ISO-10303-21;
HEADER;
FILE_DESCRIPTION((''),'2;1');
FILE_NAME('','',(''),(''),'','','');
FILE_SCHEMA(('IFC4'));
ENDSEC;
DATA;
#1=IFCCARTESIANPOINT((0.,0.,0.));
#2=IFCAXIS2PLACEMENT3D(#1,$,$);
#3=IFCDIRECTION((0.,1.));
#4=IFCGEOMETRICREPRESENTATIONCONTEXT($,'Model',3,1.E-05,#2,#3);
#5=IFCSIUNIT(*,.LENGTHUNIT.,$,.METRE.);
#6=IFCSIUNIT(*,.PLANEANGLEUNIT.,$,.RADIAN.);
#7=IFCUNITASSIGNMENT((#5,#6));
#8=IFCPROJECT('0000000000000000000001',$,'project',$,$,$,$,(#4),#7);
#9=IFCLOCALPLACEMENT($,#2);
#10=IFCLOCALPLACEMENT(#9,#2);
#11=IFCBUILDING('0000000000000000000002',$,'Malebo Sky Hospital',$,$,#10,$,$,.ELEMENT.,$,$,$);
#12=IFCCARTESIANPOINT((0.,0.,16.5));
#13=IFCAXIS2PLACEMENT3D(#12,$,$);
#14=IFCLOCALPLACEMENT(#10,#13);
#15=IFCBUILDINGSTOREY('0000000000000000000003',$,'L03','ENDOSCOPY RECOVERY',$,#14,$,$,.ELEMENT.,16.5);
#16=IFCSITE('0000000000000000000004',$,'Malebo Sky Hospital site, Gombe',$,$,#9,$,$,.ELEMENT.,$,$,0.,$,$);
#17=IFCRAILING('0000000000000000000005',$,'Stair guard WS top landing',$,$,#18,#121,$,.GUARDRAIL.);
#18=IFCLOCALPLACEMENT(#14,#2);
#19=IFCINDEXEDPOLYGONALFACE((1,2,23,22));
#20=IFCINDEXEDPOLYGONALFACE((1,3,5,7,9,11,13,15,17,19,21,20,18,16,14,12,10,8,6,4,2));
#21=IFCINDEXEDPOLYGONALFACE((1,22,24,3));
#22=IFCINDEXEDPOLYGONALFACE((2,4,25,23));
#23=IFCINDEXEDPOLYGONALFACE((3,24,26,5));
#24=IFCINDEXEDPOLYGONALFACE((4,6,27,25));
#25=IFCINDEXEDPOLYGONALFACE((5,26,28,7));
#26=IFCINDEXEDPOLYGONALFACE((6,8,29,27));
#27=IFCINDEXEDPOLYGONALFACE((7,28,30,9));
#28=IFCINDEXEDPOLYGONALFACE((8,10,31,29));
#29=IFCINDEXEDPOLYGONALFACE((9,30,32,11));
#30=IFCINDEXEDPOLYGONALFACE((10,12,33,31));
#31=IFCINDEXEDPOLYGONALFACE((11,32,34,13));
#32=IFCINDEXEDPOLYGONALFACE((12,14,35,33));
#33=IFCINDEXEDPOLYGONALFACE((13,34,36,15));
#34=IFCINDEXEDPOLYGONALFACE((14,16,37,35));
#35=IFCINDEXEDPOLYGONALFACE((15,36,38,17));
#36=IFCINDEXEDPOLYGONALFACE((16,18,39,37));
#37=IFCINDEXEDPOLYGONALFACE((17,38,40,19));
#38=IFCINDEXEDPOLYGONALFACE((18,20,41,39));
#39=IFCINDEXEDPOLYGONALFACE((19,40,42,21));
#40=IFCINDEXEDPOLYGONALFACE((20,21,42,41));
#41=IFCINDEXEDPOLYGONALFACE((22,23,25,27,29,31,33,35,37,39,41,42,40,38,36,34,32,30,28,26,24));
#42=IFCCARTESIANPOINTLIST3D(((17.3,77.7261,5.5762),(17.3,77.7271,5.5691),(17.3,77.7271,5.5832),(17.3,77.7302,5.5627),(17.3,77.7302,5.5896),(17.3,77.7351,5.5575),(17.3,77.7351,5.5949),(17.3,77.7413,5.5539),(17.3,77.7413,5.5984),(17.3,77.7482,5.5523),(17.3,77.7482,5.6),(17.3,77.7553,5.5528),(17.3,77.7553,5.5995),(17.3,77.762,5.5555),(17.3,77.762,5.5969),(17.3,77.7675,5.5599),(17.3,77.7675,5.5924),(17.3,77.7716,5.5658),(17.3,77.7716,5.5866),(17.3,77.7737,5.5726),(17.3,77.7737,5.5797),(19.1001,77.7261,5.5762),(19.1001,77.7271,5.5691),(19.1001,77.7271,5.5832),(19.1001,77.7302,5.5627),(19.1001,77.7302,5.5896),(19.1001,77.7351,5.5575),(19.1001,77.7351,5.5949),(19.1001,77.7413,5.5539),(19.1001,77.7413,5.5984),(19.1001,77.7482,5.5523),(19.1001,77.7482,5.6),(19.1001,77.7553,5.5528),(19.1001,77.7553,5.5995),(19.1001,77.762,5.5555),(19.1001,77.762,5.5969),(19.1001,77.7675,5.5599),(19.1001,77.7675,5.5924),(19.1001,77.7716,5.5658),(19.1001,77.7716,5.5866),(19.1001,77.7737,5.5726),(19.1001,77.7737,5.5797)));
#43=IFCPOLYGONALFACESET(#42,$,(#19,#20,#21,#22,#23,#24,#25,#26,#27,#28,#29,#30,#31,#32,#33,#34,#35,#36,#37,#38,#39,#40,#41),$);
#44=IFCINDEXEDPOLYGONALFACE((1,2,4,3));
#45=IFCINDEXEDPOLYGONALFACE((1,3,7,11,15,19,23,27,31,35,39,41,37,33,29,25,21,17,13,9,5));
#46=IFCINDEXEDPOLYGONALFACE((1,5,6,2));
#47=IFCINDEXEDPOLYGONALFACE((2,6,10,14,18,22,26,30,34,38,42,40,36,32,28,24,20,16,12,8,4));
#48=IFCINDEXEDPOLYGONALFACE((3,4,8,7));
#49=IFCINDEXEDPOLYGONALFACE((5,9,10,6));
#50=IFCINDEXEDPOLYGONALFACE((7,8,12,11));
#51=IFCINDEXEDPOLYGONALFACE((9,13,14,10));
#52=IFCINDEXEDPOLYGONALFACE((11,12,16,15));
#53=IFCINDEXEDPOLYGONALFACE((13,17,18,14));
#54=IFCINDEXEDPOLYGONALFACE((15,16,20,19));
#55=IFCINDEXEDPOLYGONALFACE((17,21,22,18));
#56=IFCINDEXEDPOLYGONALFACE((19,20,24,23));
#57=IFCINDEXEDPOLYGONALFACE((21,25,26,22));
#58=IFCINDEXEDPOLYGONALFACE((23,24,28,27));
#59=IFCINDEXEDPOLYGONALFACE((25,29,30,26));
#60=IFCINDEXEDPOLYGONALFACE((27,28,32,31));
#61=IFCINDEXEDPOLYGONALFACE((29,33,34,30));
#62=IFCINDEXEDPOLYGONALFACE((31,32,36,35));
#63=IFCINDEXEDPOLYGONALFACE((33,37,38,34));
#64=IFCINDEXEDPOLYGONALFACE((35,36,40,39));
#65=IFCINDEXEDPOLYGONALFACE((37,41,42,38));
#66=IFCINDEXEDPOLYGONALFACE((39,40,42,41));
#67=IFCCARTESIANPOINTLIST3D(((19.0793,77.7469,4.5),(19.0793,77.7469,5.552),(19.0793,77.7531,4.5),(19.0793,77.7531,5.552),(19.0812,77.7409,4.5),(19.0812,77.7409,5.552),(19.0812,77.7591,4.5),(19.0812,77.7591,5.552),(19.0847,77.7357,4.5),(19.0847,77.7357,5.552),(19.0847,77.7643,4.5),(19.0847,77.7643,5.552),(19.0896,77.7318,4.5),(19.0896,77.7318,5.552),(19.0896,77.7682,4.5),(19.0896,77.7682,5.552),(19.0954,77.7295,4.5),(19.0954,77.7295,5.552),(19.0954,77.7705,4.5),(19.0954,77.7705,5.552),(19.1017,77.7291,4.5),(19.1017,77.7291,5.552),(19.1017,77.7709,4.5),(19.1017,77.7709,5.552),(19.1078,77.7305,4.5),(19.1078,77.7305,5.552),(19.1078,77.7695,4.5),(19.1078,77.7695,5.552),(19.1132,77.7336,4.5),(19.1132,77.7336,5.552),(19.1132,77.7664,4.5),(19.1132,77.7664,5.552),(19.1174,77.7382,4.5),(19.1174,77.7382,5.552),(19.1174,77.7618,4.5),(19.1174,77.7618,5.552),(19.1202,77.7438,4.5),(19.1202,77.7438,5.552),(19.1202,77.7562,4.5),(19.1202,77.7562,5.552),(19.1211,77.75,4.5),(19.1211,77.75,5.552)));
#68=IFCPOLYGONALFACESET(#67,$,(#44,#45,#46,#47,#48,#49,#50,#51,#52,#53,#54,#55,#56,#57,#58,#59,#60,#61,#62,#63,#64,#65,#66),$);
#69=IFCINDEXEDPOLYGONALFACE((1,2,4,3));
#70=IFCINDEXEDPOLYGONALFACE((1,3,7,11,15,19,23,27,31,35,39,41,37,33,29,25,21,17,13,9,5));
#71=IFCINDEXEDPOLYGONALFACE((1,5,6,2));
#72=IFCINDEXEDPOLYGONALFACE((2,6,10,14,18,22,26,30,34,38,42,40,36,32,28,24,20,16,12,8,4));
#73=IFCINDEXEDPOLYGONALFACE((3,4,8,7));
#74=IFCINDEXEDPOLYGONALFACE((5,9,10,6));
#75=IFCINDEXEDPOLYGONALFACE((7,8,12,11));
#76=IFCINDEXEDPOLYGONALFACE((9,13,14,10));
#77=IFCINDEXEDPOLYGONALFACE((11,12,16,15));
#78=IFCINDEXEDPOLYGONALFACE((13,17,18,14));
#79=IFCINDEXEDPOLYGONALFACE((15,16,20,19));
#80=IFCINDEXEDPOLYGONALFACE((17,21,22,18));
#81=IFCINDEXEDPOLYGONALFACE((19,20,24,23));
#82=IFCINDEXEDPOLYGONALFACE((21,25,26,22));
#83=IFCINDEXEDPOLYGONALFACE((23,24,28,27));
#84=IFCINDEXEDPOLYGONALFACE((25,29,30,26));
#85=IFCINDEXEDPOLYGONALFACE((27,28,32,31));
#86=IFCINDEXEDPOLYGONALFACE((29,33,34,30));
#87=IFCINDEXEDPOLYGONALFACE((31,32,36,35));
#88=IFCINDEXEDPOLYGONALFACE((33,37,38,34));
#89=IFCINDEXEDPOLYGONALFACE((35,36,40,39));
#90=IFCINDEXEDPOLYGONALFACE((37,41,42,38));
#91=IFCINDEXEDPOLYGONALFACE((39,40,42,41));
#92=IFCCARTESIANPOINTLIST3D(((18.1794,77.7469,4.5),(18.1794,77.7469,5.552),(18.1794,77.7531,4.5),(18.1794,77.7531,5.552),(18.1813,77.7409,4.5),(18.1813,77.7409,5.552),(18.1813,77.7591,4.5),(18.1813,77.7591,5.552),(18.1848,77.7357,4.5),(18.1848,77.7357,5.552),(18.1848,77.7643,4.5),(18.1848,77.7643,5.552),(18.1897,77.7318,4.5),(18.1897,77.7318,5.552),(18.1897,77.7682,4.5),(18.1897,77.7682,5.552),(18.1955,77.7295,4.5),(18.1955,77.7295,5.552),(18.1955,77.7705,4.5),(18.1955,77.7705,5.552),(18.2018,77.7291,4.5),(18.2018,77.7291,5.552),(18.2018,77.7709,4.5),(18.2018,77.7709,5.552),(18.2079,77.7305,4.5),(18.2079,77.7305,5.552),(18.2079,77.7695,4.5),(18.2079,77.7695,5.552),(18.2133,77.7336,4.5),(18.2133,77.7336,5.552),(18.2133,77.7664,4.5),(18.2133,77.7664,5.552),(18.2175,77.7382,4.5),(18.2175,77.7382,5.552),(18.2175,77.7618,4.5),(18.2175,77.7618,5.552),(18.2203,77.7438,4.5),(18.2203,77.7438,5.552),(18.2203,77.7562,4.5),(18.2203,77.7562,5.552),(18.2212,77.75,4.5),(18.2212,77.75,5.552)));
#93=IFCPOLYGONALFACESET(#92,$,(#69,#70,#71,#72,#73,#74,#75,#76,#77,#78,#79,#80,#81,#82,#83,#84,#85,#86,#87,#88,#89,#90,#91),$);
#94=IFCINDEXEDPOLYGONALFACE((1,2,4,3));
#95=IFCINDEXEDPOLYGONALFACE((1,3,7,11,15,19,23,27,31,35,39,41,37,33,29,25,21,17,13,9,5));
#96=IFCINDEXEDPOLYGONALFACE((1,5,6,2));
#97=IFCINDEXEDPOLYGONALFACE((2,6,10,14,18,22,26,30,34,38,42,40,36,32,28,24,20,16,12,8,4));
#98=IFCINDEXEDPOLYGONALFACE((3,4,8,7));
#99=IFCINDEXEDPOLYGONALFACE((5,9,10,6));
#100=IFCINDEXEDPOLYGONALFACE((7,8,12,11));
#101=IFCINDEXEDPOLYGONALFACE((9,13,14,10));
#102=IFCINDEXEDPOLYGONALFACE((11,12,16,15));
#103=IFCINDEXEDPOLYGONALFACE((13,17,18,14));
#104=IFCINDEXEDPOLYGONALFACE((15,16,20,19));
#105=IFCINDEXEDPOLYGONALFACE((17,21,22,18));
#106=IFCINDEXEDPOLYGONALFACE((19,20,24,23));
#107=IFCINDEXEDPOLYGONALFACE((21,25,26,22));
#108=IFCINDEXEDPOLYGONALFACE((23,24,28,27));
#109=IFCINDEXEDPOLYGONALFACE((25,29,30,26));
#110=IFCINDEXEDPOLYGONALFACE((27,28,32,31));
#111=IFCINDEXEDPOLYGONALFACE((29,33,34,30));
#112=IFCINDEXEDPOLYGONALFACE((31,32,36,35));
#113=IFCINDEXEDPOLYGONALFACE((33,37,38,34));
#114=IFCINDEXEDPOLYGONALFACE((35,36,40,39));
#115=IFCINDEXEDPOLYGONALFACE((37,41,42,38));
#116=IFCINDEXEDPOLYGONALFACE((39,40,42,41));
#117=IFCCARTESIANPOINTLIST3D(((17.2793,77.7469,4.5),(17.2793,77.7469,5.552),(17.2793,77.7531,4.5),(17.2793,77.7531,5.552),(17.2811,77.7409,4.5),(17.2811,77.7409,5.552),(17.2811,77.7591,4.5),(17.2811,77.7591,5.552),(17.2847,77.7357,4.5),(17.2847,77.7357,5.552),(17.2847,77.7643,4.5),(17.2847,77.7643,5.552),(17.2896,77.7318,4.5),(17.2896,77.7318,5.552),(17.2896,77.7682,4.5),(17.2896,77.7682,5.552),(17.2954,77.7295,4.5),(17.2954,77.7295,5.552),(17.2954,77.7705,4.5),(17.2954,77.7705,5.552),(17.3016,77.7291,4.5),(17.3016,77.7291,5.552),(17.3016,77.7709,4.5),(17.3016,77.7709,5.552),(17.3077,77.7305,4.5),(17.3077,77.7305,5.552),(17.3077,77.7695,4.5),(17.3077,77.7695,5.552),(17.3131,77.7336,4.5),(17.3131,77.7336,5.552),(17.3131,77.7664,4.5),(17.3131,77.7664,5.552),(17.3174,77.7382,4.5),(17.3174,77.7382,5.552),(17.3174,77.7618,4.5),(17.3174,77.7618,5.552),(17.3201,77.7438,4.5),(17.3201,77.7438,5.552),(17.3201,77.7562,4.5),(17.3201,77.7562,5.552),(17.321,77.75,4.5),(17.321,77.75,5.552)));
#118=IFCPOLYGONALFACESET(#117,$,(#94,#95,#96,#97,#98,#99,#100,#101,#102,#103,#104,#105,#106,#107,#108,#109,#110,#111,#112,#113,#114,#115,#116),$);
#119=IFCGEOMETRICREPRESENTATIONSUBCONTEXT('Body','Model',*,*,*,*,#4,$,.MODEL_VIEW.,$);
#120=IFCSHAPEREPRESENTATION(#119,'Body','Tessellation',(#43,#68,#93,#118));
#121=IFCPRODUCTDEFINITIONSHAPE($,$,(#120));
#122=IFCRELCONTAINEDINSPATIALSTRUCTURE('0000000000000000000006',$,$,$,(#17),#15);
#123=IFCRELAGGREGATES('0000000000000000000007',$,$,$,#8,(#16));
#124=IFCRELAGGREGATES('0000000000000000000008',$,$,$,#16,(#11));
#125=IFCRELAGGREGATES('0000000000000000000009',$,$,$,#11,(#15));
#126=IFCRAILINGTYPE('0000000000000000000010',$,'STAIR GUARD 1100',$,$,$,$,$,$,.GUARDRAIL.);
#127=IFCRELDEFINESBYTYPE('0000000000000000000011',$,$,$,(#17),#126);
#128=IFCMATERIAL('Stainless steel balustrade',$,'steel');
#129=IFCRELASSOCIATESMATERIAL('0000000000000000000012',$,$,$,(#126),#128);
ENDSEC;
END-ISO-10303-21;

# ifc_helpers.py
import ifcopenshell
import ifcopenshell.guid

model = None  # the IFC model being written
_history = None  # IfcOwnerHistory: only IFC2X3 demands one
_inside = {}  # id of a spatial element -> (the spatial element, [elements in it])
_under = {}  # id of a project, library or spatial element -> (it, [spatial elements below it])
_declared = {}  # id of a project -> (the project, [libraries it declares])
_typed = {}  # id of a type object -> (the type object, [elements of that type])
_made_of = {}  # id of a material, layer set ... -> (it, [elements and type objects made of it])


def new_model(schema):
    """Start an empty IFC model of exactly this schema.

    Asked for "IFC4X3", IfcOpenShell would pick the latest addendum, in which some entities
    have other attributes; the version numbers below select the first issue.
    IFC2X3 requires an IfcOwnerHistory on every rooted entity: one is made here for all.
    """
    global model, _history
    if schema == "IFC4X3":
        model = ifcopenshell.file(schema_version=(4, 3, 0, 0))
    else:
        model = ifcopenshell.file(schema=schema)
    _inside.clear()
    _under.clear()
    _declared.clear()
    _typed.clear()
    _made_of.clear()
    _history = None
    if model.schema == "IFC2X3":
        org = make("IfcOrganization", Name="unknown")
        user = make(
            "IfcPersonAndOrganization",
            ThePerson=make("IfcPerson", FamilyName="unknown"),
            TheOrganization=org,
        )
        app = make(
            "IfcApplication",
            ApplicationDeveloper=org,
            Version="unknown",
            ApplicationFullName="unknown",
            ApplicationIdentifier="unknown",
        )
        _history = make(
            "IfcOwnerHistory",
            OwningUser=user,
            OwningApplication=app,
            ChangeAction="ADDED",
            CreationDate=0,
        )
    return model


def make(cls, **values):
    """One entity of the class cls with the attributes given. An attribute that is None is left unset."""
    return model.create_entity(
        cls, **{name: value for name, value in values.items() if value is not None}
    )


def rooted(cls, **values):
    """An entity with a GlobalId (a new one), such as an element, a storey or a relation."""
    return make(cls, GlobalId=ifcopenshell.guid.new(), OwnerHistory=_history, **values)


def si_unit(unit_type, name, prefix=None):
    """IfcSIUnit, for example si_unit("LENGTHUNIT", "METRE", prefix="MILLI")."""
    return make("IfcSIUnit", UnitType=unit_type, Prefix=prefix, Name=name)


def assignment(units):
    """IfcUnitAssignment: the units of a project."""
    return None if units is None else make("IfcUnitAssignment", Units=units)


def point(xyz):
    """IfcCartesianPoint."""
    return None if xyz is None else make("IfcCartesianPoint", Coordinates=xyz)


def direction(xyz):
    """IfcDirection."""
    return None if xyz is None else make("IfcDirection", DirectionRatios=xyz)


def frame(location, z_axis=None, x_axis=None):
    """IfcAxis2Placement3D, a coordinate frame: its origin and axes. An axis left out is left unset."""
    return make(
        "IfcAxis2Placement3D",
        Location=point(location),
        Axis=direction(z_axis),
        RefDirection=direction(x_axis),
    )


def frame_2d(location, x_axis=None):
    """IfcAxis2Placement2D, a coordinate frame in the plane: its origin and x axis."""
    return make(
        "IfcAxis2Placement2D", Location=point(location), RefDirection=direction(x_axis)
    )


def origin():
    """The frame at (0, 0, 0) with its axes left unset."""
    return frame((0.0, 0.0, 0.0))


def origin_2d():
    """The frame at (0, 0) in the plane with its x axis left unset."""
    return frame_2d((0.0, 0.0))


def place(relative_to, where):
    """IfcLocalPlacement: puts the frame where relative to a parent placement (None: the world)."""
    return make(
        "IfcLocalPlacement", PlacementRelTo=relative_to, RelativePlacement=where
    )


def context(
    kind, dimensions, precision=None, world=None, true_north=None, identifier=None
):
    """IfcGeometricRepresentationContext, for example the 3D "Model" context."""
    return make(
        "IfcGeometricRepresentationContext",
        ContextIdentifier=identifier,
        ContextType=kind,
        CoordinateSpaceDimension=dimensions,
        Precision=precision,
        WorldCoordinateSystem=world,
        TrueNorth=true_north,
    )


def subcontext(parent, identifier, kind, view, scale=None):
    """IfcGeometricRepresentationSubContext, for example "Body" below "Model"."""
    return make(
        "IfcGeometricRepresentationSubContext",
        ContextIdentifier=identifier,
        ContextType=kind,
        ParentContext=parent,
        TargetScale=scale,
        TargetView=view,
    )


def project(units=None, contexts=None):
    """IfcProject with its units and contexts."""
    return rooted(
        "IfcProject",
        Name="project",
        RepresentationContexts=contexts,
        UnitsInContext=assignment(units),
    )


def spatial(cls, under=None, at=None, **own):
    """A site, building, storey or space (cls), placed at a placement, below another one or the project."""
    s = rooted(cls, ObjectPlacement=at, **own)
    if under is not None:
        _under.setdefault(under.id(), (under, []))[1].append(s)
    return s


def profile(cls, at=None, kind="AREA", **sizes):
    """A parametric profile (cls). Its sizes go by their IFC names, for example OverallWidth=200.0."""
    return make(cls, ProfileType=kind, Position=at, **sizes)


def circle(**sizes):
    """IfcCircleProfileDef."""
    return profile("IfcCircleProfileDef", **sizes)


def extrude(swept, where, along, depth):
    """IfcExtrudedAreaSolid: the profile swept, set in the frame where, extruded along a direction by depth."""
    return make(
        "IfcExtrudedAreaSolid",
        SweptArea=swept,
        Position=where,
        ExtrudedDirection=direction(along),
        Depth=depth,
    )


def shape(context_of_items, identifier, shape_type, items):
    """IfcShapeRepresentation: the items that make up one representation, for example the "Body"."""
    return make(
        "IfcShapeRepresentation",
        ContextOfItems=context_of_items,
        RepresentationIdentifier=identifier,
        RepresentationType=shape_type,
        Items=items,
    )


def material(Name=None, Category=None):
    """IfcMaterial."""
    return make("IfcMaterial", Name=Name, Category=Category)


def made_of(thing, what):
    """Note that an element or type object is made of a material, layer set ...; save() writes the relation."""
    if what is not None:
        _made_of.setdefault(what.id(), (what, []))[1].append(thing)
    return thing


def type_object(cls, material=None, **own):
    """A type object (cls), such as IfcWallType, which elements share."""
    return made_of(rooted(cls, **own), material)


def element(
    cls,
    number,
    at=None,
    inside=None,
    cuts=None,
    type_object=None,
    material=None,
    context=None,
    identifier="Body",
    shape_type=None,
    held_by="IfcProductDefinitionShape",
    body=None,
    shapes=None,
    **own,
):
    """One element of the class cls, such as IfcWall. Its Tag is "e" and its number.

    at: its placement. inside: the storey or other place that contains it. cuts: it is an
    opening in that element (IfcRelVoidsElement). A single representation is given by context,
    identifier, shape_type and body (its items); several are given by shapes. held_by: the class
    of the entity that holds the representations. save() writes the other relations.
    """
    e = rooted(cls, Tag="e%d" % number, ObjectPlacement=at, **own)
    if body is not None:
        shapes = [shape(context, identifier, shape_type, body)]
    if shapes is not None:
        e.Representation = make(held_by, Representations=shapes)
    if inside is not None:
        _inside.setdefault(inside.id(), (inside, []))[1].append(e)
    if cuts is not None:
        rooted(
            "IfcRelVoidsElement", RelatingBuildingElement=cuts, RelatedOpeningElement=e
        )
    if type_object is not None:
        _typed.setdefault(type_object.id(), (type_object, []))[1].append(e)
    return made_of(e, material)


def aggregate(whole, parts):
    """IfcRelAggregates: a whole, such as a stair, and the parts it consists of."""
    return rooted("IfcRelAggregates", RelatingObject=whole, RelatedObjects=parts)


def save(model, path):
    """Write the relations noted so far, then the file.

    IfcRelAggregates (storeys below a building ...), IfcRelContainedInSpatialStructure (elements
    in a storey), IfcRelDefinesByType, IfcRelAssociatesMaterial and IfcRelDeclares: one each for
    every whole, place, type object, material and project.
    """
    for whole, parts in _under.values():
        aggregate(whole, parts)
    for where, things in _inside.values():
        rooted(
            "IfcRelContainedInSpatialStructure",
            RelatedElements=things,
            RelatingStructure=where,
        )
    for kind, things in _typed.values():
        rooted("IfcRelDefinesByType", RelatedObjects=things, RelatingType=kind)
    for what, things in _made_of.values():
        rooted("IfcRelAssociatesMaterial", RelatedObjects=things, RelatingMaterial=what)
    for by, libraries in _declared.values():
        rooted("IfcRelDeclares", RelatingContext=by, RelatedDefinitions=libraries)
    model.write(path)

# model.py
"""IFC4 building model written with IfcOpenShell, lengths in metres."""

from ifc_helpers import new_model, si_unit, direction, frame, origin, origin_2d, place, context, subcontext, project, spatial, circle, extrude, material, type_object, element, save


model = new_model("IFC4")

# Units and contexts
model_context = context("Model", 3, precision=1e-05, world=origin(), true_north=direction((0.0, 1.0)))
body_context = subcontext(model_context, "Body", "Model", "MODEL_VIEW")
ifc_project = project(units=[si_unit("LENGTHUNIT", "METRE"), si_unit("PLANEANGLEUNIT", "RADIAN")], contexts=[model_context])

# Site, building, storey
site_placement = place(None, origin())
site = spatial("IfcSite", under=ifc_project, at=site_placement, Name="Malebo Sky Hospital site, Gombe", CompositionType="ELEMENT", RefElevation=0.0)
building_placement = place(site_placement, origin())
building = spatial("IfcBuilding", under=site, at=building_placement, Name="Malebo Sky Hospital", CompositionType="ELEMENT")
storey_placement = place(building_placement, frame((0.0, 0.0, 16.5)))
storey = spatial("IfcBuildingStorey", under=building, at=storey_placement, Name="L03", Description="ENDOSCOPY RECOVERY", CompositionType="ELEMENT", Elevation=16.5)

# Railing
ifc_material_1 = material(Name="Stainless steel balustrade", Category="steel")
railing_type_1 = type_object("IfcRailingType", Name="STAIR GUARD 1100", PredefinedType="GUARDRAIL", material=ifc_material_1)
railing_1_placement = place(storey_placement, frame((19.1001, 77.75, 4.5)))
element("IfcRailing", 1, at=railing_1_placement, inside=storey, type_object=railing_type_1, Name="Stair guard WS top landing", PredefinedType="GUARDRAIL", context=body_context, shape_type="SweptSolid", body=[
    extrude(circle(Radius=0.0239, at=origin_2d()), frame((0.0, 0.0, 1.0762), z_axis=(-1.0, 0.0, 0.0), x_axis=(0.0, -1.0, 0.0)), (0.0, 0.0, 1.0), 1.8),
    extrude(circle(Radius=0.021, at=origin_2d()), origin(), (0.0, 0.0, 1.0), 1.052),
    extrude(circle(Radius=0.021, at=origin_2d()), frame((-0.8999, 0.0, 0.0)), (0.0, 0.0, 1.0), 1.052),
    extrude(circle(Radius=0.021, at=origin_2d()), frame((-1.8, 0.0, 0.0)), (0.0, 0.0, 1.0), 1.052),
])

save(model, "model.ifc")
